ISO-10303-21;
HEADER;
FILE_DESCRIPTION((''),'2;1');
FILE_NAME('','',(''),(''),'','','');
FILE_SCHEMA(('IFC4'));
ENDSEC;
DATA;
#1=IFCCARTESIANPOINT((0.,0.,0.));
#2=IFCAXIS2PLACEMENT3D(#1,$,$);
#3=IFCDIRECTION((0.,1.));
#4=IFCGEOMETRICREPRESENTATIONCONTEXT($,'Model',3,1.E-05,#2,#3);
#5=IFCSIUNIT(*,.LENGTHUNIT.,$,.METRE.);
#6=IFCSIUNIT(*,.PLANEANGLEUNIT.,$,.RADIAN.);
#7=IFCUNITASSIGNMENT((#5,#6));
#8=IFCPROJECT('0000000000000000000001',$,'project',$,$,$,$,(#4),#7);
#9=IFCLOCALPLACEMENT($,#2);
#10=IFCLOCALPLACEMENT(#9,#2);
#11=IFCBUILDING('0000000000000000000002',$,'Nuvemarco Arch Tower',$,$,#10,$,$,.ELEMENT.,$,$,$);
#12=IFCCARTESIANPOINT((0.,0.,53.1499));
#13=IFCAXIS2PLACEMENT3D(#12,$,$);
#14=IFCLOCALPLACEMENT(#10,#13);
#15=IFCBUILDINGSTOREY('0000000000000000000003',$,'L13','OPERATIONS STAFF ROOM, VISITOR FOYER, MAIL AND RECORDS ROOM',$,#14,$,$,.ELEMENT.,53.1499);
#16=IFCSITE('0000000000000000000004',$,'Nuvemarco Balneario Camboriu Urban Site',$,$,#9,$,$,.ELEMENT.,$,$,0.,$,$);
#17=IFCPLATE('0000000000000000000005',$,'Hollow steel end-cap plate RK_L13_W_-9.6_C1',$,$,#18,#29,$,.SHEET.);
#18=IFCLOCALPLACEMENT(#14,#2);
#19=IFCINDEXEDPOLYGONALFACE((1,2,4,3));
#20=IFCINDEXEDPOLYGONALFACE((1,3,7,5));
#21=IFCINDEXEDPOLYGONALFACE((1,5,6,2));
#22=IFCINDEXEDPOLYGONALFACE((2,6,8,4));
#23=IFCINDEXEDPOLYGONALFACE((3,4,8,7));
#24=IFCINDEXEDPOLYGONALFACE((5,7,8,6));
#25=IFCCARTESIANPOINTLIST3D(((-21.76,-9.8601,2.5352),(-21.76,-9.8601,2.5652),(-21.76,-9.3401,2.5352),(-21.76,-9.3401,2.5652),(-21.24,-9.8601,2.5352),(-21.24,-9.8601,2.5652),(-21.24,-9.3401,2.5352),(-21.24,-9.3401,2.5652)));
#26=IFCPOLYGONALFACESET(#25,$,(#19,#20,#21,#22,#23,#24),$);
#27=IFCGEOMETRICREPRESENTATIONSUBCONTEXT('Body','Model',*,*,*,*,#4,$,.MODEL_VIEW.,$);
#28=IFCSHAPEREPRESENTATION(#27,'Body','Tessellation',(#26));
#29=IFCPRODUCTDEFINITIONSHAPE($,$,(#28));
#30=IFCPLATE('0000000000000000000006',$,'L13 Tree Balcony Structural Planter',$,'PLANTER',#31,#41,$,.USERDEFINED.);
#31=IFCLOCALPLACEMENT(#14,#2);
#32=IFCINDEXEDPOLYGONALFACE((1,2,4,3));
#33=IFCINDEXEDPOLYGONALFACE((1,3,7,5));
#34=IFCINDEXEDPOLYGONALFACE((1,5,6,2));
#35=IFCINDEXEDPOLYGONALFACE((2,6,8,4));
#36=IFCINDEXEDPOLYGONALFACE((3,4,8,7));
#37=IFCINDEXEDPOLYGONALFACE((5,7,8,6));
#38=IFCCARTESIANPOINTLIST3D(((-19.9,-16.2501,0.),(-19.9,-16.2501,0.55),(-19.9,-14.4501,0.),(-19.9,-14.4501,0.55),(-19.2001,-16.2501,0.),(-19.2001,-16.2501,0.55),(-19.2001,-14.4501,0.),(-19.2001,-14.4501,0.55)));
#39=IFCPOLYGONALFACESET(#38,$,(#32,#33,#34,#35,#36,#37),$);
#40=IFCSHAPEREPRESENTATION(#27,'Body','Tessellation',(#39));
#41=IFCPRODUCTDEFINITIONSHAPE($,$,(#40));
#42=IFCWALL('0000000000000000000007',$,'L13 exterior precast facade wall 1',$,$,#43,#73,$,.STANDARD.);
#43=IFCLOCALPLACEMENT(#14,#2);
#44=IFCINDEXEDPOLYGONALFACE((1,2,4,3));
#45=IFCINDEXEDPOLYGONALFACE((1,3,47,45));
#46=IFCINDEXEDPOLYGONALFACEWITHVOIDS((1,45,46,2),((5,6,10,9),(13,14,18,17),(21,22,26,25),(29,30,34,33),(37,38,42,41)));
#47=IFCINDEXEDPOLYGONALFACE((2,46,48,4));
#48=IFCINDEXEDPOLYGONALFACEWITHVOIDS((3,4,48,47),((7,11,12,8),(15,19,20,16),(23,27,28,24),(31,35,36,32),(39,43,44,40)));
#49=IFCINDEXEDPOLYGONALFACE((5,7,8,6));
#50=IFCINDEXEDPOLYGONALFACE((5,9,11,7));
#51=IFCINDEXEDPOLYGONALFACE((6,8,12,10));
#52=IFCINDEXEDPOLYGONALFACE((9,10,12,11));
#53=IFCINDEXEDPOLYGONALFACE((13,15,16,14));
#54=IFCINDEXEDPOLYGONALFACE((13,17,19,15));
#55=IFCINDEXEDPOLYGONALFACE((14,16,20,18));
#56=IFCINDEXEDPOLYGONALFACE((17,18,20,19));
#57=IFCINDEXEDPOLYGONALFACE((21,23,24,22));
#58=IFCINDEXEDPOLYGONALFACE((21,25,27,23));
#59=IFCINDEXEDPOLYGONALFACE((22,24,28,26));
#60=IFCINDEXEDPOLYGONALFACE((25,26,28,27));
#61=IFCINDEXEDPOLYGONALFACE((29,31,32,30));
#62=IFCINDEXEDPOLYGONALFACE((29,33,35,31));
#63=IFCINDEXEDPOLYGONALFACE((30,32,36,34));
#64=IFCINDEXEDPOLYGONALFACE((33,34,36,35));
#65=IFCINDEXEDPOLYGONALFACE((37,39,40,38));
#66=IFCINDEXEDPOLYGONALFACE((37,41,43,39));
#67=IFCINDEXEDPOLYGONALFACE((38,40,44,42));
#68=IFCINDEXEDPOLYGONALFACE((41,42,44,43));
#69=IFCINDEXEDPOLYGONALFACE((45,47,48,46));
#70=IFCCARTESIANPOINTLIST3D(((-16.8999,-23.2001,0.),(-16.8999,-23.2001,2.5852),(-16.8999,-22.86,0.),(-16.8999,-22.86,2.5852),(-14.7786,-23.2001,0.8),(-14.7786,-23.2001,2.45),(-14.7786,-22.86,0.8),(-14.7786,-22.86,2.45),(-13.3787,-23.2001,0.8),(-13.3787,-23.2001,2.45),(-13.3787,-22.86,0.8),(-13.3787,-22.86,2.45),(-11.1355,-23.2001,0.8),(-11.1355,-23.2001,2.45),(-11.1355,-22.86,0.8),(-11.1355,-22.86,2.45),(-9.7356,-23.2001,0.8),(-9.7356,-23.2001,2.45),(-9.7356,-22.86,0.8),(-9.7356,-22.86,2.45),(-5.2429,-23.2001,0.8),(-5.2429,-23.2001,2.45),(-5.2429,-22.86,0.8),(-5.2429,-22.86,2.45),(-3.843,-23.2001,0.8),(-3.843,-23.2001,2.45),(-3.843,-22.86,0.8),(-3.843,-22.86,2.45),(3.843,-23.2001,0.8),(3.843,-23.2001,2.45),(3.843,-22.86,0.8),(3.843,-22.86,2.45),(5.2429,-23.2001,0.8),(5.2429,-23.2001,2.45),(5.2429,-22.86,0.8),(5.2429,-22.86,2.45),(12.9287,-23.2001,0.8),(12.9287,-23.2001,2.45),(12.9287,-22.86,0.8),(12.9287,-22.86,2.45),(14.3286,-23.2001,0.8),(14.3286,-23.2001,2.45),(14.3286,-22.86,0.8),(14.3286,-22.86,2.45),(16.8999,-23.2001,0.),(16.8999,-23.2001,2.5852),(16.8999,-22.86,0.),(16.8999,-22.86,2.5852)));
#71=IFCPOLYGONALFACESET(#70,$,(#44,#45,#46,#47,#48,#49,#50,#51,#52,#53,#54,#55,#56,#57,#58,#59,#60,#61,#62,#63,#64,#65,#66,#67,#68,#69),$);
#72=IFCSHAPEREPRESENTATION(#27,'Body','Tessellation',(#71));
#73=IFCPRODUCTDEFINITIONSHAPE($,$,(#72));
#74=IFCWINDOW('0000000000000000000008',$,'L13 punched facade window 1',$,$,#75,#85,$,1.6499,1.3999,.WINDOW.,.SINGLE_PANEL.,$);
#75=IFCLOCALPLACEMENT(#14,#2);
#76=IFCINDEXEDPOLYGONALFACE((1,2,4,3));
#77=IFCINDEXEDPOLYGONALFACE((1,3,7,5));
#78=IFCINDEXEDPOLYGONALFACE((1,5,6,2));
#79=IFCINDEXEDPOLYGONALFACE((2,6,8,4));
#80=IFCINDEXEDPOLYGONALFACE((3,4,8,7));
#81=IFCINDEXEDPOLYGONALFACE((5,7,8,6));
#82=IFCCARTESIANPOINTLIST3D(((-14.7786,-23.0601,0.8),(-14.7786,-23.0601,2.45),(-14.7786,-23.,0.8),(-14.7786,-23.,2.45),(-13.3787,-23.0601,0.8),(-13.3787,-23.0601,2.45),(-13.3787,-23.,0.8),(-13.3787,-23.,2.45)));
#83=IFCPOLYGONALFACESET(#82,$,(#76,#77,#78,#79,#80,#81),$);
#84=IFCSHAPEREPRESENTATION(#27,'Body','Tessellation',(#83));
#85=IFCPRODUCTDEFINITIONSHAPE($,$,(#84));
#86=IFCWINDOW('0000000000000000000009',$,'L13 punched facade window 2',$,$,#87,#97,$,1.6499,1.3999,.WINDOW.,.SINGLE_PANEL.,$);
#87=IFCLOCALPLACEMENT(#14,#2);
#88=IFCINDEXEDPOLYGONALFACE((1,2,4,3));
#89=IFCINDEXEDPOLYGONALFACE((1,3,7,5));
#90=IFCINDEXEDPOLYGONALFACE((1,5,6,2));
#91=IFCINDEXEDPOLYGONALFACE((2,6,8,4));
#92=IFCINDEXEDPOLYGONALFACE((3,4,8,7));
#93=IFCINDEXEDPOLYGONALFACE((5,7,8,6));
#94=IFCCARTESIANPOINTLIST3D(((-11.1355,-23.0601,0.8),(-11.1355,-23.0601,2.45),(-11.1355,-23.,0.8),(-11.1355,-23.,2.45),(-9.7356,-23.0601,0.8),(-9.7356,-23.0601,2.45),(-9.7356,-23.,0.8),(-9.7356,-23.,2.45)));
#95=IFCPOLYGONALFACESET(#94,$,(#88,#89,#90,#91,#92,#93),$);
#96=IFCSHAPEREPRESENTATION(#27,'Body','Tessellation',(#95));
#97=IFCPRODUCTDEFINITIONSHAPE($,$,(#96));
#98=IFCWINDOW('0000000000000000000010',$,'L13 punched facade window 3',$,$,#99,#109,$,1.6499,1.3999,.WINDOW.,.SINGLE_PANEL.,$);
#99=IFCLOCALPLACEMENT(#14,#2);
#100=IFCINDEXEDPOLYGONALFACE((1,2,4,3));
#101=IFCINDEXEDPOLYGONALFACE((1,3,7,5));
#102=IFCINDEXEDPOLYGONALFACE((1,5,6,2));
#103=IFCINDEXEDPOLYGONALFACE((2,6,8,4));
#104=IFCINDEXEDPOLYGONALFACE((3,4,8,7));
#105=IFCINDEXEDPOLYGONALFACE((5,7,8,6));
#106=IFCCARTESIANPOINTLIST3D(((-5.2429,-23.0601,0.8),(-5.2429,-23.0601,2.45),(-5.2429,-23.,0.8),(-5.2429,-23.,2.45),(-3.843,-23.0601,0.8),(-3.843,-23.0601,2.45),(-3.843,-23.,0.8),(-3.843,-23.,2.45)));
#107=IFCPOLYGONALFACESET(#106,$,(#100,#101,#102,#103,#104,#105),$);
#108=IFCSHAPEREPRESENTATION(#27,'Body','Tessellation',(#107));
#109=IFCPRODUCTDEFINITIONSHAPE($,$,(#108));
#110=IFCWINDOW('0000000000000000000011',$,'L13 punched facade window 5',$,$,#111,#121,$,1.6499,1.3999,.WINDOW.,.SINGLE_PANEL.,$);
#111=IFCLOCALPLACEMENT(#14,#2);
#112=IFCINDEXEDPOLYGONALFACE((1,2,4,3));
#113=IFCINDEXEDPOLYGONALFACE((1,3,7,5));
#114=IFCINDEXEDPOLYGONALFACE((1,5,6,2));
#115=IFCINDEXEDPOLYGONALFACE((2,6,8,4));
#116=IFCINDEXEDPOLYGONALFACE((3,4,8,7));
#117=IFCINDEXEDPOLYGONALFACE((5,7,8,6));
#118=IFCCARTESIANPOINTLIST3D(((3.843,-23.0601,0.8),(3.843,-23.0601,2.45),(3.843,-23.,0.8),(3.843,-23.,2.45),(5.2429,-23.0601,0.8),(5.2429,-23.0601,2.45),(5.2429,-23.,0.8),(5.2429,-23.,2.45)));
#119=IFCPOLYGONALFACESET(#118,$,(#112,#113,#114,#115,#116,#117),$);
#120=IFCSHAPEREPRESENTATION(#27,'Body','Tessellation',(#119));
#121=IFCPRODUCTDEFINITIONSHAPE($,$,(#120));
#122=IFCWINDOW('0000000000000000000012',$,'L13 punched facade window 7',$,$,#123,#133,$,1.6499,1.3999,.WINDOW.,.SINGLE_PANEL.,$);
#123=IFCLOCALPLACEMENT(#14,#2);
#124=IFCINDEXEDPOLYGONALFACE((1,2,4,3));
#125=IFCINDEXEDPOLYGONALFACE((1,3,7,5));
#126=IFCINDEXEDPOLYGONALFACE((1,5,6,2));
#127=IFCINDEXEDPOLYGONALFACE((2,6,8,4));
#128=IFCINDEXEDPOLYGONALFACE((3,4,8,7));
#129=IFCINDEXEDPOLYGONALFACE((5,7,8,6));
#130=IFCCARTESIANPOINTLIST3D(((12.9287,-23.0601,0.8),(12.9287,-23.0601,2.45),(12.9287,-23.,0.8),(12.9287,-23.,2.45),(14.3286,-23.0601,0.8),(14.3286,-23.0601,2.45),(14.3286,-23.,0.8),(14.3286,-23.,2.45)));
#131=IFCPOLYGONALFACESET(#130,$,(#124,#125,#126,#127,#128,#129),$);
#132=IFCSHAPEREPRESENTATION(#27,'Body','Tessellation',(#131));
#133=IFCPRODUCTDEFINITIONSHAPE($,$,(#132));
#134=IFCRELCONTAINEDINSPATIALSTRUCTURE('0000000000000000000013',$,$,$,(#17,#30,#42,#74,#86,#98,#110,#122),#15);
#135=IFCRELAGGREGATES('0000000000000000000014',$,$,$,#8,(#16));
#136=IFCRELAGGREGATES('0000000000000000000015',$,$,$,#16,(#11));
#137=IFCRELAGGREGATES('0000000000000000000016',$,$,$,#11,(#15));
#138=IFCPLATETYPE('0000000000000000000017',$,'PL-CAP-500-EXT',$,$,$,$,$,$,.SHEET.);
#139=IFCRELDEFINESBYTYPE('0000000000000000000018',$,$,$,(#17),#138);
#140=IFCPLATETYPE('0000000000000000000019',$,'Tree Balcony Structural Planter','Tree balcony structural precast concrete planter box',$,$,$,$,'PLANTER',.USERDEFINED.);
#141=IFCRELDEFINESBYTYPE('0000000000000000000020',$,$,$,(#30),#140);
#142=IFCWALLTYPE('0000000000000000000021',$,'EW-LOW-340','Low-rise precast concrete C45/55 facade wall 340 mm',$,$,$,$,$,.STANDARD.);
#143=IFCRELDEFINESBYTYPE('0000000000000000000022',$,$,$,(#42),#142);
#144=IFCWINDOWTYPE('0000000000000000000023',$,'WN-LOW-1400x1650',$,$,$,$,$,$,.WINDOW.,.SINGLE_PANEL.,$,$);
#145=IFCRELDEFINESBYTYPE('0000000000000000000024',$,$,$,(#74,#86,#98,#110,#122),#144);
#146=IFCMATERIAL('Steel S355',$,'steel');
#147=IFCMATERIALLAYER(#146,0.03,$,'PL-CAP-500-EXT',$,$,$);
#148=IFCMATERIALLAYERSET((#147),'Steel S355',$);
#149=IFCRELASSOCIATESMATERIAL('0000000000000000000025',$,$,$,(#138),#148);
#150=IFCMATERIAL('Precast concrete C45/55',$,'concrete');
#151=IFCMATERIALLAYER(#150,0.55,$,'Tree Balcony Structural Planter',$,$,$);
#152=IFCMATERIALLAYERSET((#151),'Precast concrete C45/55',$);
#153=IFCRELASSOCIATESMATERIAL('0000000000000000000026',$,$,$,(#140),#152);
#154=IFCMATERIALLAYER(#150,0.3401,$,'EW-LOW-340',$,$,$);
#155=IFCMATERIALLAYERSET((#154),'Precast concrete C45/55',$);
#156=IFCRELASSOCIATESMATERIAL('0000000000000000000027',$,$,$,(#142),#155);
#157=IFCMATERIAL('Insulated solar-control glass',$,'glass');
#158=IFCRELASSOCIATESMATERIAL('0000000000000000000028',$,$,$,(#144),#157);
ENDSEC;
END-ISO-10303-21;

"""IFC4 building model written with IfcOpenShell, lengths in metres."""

from ifc_helpers import new_model, si_unit, direction, frame, frame_2d, origin, origin_2d, place, context, subcontext, project, spatial, rectangle, extrude, source, transform, mapped, material, layer, layer_set, type_object, type_shapes, element, fill, save


model = new_model("IFC4")

# Units and contexts
model_context = context("Model", 3, precision=1e-05, world=origin(), true_north=direction((0.0, 1.0)))
body_context = subcontext(model_context, "Body", "Model", "MODEL_VIEW")
ifc_project = project(units=[si_unit("LENGTHUNIT", "METRE"), si_unit("PLANEANGLEUNIT", "RADIAN")], contexts=[model_context])

# Site, building, storey
site_placement = place(None, origin())
site = spatial("IfcSite", under=ifc_project, at=site_placement, Name="Nuvemarco Balneario Camboriu Urban Site", CompositionType="ELEMENT", RefElevation=0.0)
building_placement = place(site_placement, origin())
building = spatial("IfcBuilding", under=site, at=building_placement, Name="Nuvemarco Arch Tower", CompositionType="ELEMENT")
storey_placement = place(building_placement, frame((0.0, 0.0, 53.1499)))
storey = spatial("IfcBuildingStorey", under=building, at=storey_placement, Name="L13", Description="OPERATIONS STAFF ROOM, VISITOR FOYER, MAIL AND RECORDS ROOM", CompositionType="ELEMENT", Elevation=53.1499)

# Shared definitions
ifc_material_1 = material(Name="Steel S355", Category="steel")

# Shared definitions
ifc_material_2 = material(Name="Precast concrete C45/55", Category="concrete")

# Plates
ifc_layer_1 = layer(ifc_material_1, 0.03, Name="PL-CAP-500-EXT")
ifc_layer_set_1 = layer_set([ifc_layer_1], Name="Steel S355")
plate_type_1 = type_object("IfcPlateType", Name="PL-CAP-500-EXT", PredefinedType="SHEET", material=ifc_layer_set_1)
shared_shape_1 = source(origin(), body_context, "Body", "SweptSolid", [
    extrude(rectangle(XDim=0.52, YDim=0.52, at=origin_2d()), origin(), (0.0, 0.0, 1.0), 0.03),
])
type_shapes(plate_type_1, [shared_shape_1])
plate_1_placement = place(storey_placement, frame((-21.5, -9.6001, 2.5352), z_axis=(0.0, 0.0, 1.0), x_axis=(1.0, 0.0, 0.0)))
element("IfcPlate", 1, at=plate_1_placement, inside=storey, type_object=plate_type_1, Name="Hollow steel end-cap plate RK_L13_W_-9.6_C1", PredefinedType="SHEET", context=body_context, shape_type="MappedRepresentation", body=[
    mapped(shared_shape_1, transform((0.0, 0.0, 0.0), scale=1.0)),
])
ifc_layer_2 = layer(ifc_material_2, 0.55, Name="Tree Balcony Structural Planter")
ifc_layer_set_2 = layer_set([ifc_layer_2], Name="Precast concrete C45/55")
plate_type_2 = type_object("IfcPlateType", Name="Tree Balcony Structural Planter", Description="Tree balcony structural precast concrete planter box", ElementType="PLANTER", PredefinedType="USERDEFINED", material=ifc_layer_set_2)
shared_shape_2 = source(origin(), body_context, "Body", "SweptSolid", [
    extrude(rectangle(XDim=1.8, YDim=0.7, at=origin_2d()), origin(), (0.0, 0.0, 1.0), 0.55),
])
type_shapes(plate_type_2, [shared_shape_2])
plate_2_placement = place(storey_placement, frame((-19.55, -15.3501, 0.0), z_axis=(0.0, 0.0, 1.0), x_axis=(0.0, 1.0, 0.0)))
element("IfcPlate", 2, at=plate_2_placement, inside=storey, type_object=plate_type_2, Name="L13 Tree Balcony Structural Planter", ObjectType="PLANTER", PredefinedType="USERDEFINED", context=body_context, shape_type="MappedRepresentation", body=[
    mapped(shared_shape_2, transform((0.0, 0.0, 0.0), scale=1.0)),
])

# Wall, openings, windows
ifc_layer_3 = layer(ifc_material_2, 0.3401, Name="EW-LOW-340")
ifc_layer_set_3 = layer_set([ifc_layer_3], Name="Precast concrete C45/55")
wall_type = type_object("IfcWallType", Name="EW-LOW-340", Description="Low-rise precast concrete C45/55 facade wall 340 mm", PredefinedType="STANDARD", material=ifc_layer_set_3)
wall_1_placement = place(storey_placement, frame((-16.8999, -23.03, 0.0), z_axis=(0.0, 0.0, 1.0), x_axis=(1.0, 0.0, 0.0)))
wall_1 = element("IfcWall", 3, at=wall_1_placement, inside=storey, type_object=wall_type, Name="L13 exterior precast facade wall 1", PredefinedType="STANDARD", context=body_context, shape_type="SweptSolid", body=[
    extrude(rectangle(XDim=33.7998, YDim=0.3401, at=frame_2d((16.8999, 0.0))), origin(), (0.0, 0.0, 1.0), 2.5852),
])
opening_1_placement = place(wall_1_placement, frame((2.1213, 0.0, 0.8)))
opening_1 = element("IfcOpeningElement", 4, at=opening_1_placement, cuts=wall_1, PredefinedType="OPENING", context=body_context, shape_type="SweptSolid", body=[
    extrude(rectangle(XDim=1.3999, YDim=1.6499, at=frame_2d((0.7, 0.825))), frame((0.0, 0.1799, 0.0), z_axis=(0.0, -1.0, 0.0), x_axis=(1.0, 0.0, 0.0)), (0.0, 0.0, 1.0), 0.3601),
])
opening_2_placement = place(wall_1_placement, frame((5.7644, 0.0, 0.8)))
opening_2 = element("IfcOpeningElement", 5, at=opening_2_placement, cuts=wall_1, PredefinedType="OPENING", context=body_context, shape_type="SweptSolid", body=[
    extrude(rectangle(XDim=1.3999, YDim=1.6499, at=frame_2d((0.7, 0.825))), frame((0.0, 0.1799, 0.0), z_axis=(0.0, -1.0, 0.0), x_axis=(1.0, 0.0, 0.0)), (0.0, 0.0, 1.0), 0.3601),
])
opening_3_placement = place(wall_1_placement, frame((11.657, 0.0, 0.8)))
opening_3 = element("IfcOpeningElement", 6, at=opening_3_placement, cuts=wall_1, PredefinedType="OPENING", context=body_context, shape_type="SweptSolid", body=[
    extrude(rectangle(XDim=1.3999, YDim=1.6499, at=frame_2d((0.7, 0.825))), frame((0.0, 0.1799, 0.0), z_axis=(0.0, -1.0, 0.0), x_axis=(1.0, 0.0, 0.0)), (0.0, 0.0, 1.0), 0.3601),
])
opening_4_placement = place(wall_1_placement, frame((20.7429, 0.0, 0.8)))
opening_4 = element("IfcOpeningElement", 7, at=opening_4_placement, cuts=wall_1, PredefinedType="OPENING", context=body_context, shape_type="SweptSolid", body=[
    extrude(rectangle(XDim=1.3999, YDim=1.6499, at=frame_2d((0.7, 0.825))), frame((0.0, 0.1799, 0.0), z_axis=(0.0, -1.0, 0.0), x_axis=(1.0, 0.0, 0.0)), (0.0, 0.0, 1.0), 0.3601),
])
opening_5_placement = place(wall_1_placement, frame((29.8286, 0.0, 0.8)))
opening_5 = element("IfcOpeningElement", 8, at=opening_5_placement, cuts=wall_1, PredefinedType="OPENING", context=body_context, shape_type="SweptSolid", body=[
    extrude(rectangle(XDim=1.3999, YDim=1.6499, at=frame_2d((0.7, 0.825))), frame((0.0, 0.1799, 0.0), z_axis=(0.0, -1.0, 0.0), x_axis=(1.0, 0.0, 0.0)), (0.0, 0.0, 1.0), 0.3601),
])
ifc_material_3 = material(Name="Insulated solar-control glass", Category="glass")
window_type_1 = type_object("IfcWindowType", Name="WN-LOW-1400x1650", PartitioningType="SINGLE_PANEL", PredefinedType="WINDOW", material=ifc_material_3)
shared_shape_3 = source(origin(), body_context, "Body", "SweptSolid", [
    extrude(rectangle(XDim=1.3999, YDim=1.6499, at=frame_2d((0.7, 0.825))), frame((0.0, 0.03, 0.0), z_axis=(0.0, -1.0, 0.0), x_axis=(1.0, 0.0, 0.0)), (0.0, 0.0, 1.0), 0.0601),
])
type_shapes(window_type_1, [shared_shape_3])
window_1_placement = place(opening_1_placement, origin())
window_1 = element("IfcWindow", 9, at=window_1_placement, inside=storey, type_object=window_type_1, Name="L13 punched facade window 1", OverallHeight=1.6499, OverallWidth=1.3999, PartitioningType="SINGLE_PANEL", PredefinedType="WINDOW", context=body_context, shape_type="MappedRepresentation", body=[
    mapped(shared_shape_3, transform((0.0, 0.0, 0.0), scale=1.0)),
])
fill(opening_1, window_1)
window_2_placement = place(opening_2_placement, origin())
window_2 = element("IfcWindow", 10, at=window_2_placement, inside=storey, type_object=window_type_1, Name="L13 punched facade window 2", OverallHeight=1.6499, OverallWidth=1.3999, PartitioningType="SINGLE_PANEL", PredefinedType="WINDOW", context=body_context, shape_type="MappedRepresentation", body=[
    mapped(shared_shape_3, transform((0.0, 0.0, 0.0), scale=1.0)),
])
fill(opening_2, window_2)
window_3_placement = place(opening_3_placement, origin())
window_3 = element("IfcWindow", 11, at=window_3_placement, inside=storey, type_object=window_type_1, Name="L13 punched facade window 3", OverallHeight=1.6499, OverallWidth=1.3999, PartitioningType="SINGLE_PANEL", PredefinedType="WINDOW", context=body_context, shape_type="MappedRepresentation", body=[
    mapped(shared_shape_3, transform((0.0, 0.0, 0.0), scale=1.0)),
])
fill(opening_3, window_3)
window_4_placement = place(opening_4_placement, origin())
window_4 = element("IfcWindow", 12, at=window_4_placement, inside=storey, type_object=window_type_1, Name="L13 punched facade window 5", OverallHeight=1.6499, OverallWidth=1.3999, PartitioningType="SINGLE_PANEL", PredefinedType="WINDOW", context=body_context, shape_type="MappedRepresentation", body=[
    mapped(shared_shape_3, transform((0.0, 0.0, 0.0), scale=1.0)),
])
fill(opening_4, window_4)
window_5_placement = place(opening_5_placement, origin())
window_5 = element("IfcWindow", 13, at=window_5_placement, inside=storey, type_object=window_type_1, Name="L13 punched facade window 7", OverallHeight=1.6499, OverallWidth=1.3999, PartitioningType="SINGLE_PANEL", PredefinedType="WINDOW", context=body_context, shape_type="MappedRepresentation", body=[
    mapped(shared_shape_3, transform((0.0, 0.0, 0.0), scale=1.0)),
])
fill(opening_5, window_5)

save(model, "model.ifc")
